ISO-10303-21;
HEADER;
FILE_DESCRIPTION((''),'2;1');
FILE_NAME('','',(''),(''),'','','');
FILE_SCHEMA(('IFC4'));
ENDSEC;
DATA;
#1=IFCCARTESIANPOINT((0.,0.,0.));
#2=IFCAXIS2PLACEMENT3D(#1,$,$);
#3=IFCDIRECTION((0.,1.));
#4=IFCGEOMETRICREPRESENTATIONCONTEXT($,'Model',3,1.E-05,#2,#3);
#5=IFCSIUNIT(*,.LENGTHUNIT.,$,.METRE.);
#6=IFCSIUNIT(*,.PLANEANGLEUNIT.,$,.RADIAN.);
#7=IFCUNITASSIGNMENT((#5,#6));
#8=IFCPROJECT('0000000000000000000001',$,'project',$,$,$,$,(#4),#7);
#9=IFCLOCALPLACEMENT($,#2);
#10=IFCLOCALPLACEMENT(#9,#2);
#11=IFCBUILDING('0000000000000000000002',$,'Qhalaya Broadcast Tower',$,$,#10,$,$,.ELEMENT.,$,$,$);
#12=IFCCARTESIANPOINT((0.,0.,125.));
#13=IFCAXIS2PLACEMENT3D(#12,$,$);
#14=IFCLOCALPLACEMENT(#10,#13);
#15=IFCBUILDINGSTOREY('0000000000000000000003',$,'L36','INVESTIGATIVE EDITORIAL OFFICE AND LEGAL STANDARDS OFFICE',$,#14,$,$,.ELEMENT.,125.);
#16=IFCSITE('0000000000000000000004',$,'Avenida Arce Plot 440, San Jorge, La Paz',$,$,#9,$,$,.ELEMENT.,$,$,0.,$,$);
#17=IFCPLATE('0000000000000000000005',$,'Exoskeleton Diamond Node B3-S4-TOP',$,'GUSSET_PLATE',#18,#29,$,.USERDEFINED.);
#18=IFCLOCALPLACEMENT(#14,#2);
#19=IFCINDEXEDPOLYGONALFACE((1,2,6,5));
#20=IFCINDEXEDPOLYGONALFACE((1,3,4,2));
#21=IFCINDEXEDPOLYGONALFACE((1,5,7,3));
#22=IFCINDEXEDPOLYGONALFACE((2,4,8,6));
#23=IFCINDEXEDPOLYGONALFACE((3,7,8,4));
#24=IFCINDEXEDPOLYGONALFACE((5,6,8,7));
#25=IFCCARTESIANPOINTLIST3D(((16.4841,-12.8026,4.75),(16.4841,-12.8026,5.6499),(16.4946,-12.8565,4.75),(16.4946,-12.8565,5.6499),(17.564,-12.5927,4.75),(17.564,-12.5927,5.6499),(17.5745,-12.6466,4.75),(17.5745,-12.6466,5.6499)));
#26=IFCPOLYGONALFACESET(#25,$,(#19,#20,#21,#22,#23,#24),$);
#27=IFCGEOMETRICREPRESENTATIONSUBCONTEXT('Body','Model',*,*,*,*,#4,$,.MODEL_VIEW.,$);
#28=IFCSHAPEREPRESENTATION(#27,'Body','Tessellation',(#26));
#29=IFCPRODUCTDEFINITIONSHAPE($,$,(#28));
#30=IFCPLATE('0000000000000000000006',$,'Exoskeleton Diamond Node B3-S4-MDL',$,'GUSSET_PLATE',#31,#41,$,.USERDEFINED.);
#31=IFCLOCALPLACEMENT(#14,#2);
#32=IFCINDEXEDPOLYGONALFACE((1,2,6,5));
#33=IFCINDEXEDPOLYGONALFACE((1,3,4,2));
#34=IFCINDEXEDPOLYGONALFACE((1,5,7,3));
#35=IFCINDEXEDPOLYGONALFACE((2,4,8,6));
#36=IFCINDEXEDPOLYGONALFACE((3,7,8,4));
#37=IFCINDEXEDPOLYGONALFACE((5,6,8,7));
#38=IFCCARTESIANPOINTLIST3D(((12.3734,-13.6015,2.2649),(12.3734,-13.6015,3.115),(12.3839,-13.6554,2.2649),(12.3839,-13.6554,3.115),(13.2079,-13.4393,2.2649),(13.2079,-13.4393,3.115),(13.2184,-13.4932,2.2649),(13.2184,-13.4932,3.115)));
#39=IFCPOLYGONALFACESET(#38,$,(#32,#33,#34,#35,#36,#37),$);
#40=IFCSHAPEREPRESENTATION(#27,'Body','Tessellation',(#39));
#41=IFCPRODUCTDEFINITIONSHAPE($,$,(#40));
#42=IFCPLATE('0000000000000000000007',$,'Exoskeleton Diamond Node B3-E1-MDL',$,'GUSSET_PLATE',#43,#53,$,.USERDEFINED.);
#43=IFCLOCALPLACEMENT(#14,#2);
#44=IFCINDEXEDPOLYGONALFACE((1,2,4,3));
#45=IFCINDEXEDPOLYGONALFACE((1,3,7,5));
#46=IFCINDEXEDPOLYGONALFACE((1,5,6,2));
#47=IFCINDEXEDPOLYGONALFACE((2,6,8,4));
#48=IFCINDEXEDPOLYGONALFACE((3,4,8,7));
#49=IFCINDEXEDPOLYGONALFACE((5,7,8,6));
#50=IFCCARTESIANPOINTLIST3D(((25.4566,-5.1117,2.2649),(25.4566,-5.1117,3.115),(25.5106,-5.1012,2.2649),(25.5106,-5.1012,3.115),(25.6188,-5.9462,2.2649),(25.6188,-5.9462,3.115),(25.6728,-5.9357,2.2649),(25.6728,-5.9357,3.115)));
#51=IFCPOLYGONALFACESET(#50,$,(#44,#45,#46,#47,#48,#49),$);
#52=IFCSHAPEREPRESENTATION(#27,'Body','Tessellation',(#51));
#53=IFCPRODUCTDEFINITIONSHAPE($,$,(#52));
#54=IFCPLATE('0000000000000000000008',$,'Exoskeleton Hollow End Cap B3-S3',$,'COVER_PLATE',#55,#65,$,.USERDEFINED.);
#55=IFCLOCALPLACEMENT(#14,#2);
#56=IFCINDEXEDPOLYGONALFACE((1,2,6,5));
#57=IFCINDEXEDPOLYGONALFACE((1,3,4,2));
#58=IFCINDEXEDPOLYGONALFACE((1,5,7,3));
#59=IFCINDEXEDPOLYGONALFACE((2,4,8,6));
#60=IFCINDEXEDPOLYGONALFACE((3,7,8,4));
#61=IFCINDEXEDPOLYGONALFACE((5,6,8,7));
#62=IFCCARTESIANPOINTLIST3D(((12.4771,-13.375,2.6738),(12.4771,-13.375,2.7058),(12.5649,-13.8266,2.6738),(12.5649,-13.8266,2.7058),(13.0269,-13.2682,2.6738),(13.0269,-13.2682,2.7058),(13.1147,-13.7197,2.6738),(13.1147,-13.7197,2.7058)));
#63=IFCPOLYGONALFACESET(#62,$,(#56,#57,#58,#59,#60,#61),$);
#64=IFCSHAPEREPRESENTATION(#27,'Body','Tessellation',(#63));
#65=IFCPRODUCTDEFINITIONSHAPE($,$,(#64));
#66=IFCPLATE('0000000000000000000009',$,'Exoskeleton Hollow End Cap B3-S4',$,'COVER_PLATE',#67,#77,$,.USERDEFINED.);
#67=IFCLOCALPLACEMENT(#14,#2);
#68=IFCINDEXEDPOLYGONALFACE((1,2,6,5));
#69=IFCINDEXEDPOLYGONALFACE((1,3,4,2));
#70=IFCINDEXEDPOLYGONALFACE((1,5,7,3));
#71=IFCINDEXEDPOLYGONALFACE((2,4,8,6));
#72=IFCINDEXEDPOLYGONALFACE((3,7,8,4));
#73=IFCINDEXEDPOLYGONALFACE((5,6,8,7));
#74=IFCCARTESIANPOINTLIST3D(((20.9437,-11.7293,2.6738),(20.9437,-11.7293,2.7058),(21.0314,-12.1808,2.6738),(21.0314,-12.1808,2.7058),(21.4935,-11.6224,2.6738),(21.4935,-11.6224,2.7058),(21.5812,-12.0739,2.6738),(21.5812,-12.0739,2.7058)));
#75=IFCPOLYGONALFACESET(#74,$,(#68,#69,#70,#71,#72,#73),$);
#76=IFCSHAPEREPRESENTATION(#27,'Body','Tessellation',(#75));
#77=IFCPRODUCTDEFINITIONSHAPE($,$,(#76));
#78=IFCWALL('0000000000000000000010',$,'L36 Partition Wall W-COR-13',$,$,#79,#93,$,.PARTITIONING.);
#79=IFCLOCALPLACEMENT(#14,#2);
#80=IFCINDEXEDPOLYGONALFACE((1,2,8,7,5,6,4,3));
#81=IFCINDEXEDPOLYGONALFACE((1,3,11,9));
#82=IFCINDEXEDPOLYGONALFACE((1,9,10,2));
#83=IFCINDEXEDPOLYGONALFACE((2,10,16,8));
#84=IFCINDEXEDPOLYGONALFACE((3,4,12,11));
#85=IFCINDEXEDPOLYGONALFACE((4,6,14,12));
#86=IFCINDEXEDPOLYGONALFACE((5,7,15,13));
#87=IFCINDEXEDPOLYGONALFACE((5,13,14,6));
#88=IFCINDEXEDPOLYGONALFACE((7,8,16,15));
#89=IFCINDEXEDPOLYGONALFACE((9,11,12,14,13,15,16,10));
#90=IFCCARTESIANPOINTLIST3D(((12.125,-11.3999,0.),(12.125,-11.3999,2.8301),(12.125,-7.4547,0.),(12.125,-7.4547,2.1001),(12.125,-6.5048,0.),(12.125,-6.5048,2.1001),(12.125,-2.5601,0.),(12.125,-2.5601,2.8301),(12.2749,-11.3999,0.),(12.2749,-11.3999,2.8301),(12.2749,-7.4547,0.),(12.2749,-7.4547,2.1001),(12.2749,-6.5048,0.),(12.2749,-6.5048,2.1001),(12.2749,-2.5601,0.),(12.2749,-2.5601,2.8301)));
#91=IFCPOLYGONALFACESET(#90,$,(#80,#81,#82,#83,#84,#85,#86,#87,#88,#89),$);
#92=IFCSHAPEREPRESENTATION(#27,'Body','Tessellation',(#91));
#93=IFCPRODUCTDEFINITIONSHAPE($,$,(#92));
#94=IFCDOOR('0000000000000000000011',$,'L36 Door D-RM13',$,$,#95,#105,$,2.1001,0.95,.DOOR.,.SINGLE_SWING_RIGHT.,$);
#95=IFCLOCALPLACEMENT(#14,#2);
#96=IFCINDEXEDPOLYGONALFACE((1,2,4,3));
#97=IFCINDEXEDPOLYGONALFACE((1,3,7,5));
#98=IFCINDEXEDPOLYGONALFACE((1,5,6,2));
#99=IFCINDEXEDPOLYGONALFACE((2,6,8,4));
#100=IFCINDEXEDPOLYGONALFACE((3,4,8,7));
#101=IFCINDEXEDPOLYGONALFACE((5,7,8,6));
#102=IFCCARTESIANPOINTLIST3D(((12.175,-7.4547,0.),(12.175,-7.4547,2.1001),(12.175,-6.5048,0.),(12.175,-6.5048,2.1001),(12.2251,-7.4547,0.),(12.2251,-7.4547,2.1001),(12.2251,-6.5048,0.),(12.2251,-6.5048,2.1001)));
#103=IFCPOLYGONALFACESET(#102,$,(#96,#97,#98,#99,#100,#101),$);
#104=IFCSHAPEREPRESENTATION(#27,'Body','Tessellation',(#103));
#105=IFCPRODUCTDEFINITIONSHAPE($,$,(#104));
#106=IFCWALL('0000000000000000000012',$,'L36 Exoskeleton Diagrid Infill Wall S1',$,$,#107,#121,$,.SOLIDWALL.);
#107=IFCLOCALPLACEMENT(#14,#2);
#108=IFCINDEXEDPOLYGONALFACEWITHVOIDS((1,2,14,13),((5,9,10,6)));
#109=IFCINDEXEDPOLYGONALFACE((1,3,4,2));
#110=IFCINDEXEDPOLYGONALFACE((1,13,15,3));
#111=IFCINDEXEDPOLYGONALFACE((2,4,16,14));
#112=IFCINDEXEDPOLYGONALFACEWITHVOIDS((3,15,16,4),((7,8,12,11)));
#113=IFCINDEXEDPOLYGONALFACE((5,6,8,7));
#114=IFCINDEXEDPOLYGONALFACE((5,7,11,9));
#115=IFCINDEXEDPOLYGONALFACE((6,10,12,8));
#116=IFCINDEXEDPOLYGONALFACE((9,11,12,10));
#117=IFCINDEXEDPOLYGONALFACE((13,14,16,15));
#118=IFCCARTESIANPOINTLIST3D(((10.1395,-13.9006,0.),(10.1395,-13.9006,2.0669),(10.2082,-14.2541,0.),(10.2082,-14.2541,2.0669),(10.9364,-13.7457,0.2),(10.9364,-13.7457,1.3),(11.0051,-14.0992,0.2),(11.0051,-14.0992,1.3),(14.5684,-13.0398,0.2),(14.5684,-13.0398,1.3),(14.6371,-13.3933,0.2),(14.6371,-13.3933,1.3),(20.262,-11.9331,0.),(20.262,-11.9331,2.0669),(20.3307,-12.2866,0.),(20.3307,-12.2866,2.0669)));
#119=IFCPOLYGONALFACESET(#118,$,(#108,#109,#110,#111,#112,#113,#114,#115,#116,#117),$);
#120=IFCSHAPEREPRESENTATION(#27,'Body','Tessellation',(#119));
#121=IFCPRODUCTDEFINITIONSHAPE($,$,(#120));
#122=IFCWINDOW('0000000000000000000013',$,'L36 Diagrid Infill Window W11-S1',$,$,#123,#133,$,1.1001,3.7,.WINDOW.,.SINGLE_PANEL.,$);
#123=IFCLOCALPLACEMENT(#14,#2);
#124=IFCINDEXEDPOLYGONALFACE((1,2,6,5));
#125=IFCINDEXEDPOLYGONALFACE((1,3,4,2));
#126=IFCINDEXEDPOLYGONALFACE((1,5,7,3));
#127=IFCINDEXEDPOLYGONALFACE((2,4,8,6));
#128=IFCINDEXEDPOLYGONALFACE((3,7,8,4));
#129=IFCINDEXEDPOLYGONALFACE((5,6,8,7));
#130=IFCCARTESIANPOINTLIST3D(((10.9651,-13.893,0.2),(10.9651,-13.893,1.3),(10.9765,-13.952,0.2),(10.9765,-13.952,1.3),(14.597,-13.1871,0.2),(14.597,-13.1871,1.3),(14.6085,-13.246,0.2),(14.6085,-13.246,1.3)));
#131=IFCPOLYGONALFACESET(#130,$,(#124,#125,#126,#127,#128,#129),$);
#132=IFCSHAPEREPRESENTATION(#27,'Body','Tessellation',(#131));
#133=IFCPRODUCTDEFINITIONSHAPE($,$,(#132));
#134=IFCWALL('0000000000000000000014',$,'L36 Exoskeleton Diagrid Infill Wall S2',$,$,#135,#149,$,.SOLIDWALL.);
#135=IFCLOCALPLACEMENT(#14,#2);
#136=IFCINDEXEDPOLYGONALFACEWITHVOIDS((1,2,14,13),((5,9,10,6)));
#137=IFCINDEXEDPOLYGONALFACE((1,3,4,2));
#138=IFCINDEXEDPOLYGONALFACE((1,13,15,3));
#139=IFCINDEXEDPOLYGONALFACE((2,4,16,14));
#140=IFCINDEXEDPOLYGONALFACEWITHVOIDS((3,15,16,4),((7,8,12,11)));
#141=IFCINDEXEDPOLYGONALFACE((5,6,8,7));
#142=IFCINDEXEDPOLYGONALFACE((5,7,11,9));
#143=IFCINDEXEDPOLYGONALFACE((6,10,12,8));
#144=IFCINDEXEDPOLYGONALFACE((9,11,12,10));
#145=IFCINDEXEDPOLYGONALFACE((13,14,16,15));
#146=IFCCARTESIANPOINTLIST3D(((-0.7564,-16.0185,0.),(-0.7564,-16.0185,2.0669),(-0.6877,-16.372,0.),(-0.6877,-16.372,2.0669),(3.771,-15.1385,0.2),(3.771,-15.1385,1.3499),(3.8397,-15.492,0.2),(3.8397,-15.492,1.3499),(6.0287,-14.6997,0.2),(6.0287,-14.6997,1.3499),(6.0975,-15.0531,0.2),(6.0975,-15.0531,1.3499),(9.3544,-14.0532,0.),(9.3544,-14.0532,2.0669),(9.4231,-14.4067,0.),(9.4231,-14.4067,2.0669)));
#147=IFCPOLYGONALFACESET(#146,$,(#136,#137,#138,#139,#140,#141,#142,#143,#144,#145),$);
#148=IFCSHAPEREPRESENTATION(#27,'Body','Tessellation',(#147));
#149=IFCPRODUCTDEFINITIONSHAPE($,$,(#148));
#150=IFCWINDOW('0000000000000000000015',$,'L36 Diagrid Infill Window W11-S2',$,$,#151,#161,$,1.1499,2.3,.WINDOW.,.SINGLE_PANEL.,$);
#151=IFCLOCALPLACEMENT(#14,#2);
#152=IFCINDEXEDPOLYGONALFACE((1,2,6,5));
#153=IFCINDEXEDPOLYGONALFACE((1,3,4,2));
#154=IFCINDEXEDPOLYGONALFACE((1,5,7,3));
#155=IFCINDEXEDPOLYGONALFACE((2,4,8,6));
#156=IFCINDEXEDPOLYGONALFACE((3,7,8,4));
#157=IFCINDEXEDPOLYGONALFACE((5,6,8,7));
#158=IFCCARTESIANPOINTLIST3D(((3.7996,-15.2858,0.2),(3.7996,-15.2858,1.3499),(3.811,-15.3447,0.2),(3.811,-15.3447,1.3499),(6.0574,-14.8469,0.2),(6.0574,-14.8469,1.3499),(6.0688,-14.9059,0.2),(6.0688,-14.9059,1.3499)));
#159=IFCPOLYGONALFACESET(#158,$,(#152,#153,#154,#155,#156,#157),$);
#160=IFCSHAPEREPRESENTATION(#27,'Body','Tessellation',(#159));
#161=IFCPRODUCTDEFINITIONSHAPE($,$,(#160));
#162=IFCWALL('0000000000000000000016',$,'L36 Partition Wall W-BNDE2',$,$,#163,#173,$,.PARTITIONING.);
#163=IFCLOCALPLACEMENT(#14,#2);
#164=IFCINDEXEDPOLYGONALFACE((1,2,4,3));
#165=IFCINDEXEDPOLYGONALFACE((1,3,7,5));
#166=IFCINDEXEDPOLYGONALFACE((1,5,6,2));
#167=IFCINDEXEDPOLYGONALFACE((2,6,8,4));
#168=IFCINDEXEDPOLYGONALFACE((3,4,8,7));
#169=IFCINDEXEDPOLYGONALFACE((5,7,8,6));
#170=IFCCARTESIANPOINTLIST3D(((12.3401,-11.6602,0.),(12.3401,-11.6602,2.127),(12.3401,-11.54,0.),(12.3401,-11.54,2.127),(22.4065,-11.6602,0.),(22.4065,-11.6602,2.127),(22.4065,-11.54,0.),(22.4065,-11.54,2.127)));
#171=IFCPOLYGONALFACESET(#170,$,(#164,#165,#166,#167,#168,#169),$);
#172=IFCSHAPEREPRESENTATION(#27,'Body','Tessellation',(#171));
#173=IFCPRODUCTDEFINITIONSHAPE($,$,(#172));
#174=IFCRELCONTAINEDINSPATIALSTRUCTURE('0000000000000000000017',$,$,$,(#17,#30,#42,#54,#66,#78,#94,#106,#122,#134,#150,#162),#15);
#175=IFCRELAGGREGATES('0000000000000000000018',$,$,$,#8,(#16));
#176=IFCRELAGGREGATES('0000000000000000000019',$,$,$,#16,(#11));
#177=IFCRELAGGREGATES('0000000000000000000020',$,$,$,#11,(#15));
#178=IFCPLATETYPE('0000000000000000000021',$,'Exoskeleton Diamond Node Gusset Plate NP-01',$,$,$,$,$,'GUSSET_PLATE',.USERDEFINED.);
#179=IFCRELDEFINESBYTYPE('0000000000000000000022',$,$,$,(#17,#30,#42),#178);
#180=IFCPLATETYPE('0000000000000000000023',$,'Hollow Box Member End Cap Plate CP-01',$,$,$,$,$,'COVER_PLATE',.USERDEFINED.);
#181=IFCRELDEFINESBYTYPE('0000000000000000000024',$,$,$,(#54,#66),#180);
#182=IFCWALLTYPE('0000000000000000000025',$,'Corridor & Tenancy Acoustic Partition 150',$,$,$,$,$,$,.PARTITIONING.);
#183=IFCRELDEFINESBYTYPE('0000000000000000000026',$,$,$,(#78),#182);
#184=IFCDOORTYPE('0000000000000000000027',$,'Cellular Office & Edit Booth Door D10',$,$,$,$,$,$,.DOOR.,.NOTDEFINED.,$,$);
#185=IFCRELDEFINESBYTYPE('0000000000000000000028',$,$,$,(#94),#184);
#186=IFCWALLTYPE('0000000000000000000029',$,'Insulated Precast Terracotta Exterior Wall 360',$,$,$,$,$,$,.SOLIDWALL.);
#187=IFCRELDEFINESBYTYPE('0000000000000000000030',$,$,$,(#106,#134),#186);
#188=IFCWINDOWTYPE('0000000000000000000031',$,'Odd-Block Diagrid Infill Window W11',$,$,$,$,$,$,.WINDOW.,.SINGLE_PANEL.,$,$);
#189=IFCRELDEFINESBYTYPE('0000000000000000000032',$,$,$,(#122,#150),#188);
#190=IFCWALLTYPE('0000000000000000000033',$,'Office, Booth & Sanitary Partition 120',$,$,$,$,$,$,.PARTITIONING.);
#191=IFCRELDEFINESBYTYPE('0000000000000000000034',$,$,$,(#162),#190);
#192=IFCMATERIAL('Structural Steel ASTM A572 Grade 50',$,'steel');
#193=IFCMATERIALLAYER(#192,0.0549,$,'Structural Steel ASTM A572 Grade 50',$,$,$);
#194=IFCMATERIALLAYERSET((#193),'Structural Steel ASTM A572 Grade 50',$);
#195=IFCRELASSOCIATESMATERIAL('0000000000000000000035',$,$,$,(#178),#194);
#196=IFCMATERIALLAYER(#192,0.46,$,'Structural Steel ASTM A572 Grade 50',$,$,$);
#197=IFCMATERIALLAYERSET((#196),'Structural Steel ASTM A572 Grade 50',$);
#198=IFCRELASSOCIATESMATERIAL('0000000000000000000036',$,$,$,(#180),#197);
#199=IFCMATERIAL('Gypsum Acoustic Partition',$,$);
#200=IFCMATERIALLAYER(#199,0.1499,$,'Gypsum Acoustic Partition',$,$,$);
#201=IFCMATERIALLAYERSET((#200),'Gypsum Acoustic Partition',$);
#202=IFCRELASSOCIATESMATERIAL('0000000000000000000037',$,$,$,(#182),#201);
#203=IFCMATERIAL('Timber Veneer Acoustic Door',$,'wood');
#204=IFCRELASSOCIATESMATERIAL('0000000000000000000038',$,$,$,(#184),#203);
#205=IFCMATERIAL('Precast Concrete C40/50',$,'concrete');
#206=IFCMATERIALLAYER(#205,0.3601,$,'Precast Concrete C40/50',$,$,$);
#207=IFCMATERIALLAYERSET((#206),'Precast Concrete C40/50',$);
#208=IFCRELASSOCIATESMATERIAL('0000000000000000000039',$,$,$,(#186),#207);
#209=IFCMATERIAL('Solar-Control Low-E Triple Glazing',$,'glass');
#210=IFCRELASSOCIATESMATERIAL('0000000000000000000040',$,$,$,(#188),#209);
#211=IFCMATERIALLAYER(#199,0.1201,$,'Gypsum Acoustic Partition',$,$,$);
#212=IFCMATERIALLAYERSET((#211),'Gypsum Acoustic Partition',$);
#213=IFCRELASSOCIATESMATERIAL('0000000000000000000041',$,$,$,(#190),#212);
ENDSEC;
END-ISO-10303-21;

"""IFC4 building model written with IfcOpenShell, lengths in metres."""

from ifc_helpers import new_model, si_unit, direction, frame, frame_2d, origin, origin_2d, place, context, subcontext, project, spatial, rectangle, extrude, material, layer, layer_set, type_object, element, fill, save


model = new_model("IFC4")

# Units and contexts
model_context = context("Model", 3, precision=1e-05, world=origin(), true_north=direction((0.0, 1.0)))
body_context = subcontext(model_context, "Body", "Model", "MODEL_VIEW")
ifc_project = project(units=[si_unit("LENGTHUNIT", "METRE"), si_unit("PLANEANGLEUNIT", "RADIAN")], contexts=[model_context])

# Site, building, storey
site_placement = place(None, origin())
site = spatial("IfcSite", under=ifc_project, at=site_placement, Name="Avenida Arce Plot 440, San Jorge, La Paz", CompositionType="ELEMENT", RefElevation=0.0)
building_placement = place(site_placement, origin())
building = spatial("IfcBuilding", under=site, at=building_placement, Name="Qhalaya Broadcast Tower", CompositionType="ELEMENT")
storey_placement = place(building_placement, frame((0.0, 0.0, 125.0)))
storey = spatial("IfcBuildingStorey", under=building, at=storey_placement, Name="L36", Description="INVESTIGATIVE EDITORIAL OFFICE AND LEGAL STANDARDS OFFICE", CompositionType="ELEMENT", Elevation=125.0)

# Shared definitions
ifc_material_1 = material(Name="Structural Steel ASTM A572 Grade 50", Category="steel")

# Plates
ifc_layer_1 = layer(ifc_material_1, 0.0549, Name="Structural Steel ASTM A572 Grade 50")
ifc_layer_set_1 = layer_set([ifc_layer_1], Name="Structural Steel ASTM A572 Grade 50")
plate_type_1 = type_object("IfcPlateType", Name="Exoskeleton Diamond Node Gusset Plate NP-01", ElementType="GUSSET_PLATE", PredefinedType="USERDEFINED", material=ifc_layer_set_1)
for number, where, z_axis, x_axis, name in (
    (1, (17.0293, -12.7246, 4.75), (0.0, 0.0, 1.0), (0.981627, 0.190809, 0.0), "Exoskeleton Diamond Node B3-S4-TOP"),
):
    element("IfcPlate", number, at=place(storey_placement, frame(where, z_axis=z_axis, x_axis=x_axis)), inside=storey, type_object=plate_type_1, Name=name, ObjectType="GUSSET_PLATE", PredefinedType="USERDEFINED", context=body_context, shape_type="SweptSolid", body=[
        extrude(rectangle(XDim=1.1001, YDim=0.0549, at=origin_2d()), origin(), (0.0, 0.0, 1.0), 0.8999),
    ])
for number, where, z_axis, x_axis, name in (
    (2, (12.7959, -13.5474, 2.2649), (0.0, 0.0, 1.0), (0.981627, 0.190809, 0.0), "Exoskeleton Diamond Node B3-S4-MDL"),
    (3, (25.5647, -5.5237, 2.2649), (0.0, 0.0, 1.0), (-0.190809, 0.981627, 0.0), "Exoskeleton Diamond Node B3-E1-MDL"),
):
    element("IfcPlate", number, at=place(storey_placement, frame(where, z_axis=z_axis, x_axis=x_axis)), inside=storey, type_object=plate_type_1, Name=name, ObjectType="GUSSET_PLATE", PredefinedType="USERDEFINED", context=body_context, shape_type="SweptSolid", body=[
        extrude(rectangle(XDim=0.8501, YDim=0.0549, at=origin_2d()), origin(), (0.0, 0.0, 1.0), 0.8501),
    ])
ifc_layer_2 = layer(ifc_material_1, 0.46, Name="Structural Steel ASTM A572 Grade 50")
ifc_layer_set_2 = layer_set([ifc_layer_2], Name="Structural Steel ASTM A572 Grade 50")
plate_type_2 = type_object("IfcPlateType", Name="Hollow Box Member End Cap Plate CP-01", ElementType="COVER_PLATE", PredefinedType="USERDEFINED", material=ifc_layer_set_2)
for number, where, z_axis, x_axis, name in (
    (4, (12.7959, -13.5474, 2.6738), (0.0, 0.0, 1.0), (0.981627, 0.190809, 0.0), "Exoskeleton Hollow End Cap B3-S3"),
    (5, (21.2625, -11.9016, 2.6738), (0.0, 0.0, 1.0), (0.981627, 0.190809, 0.0), "Exoskeleton Hollow End Cap B3-S4"),
):
    element("IfcPlate", number, at=place(storey_placement, frame(where, z_axis=z_axis, x_axis=x_axis)), inside=storey, type_object=plate_type_2, Name=name, ObjectType="COVER_PLATE", PredefinedType="USERDEFINED", context=body_context, shape_type="SweptSolid", body=[
        extrude(rectangle(XDim=0.5601, YDim=0.46, at=origin_2d()), origin(), (0.0, 0.0, 1.0), 0.032),
    ])

# Wall, opening, door
ifc_material_2 = material(Name="Gypsum Acoustic Partition")
ifc_layer_3 = layer(ifc_material_2, 0.1499, Name="Gypsum Acoustic Partition")
ifc_layer_set_3 = layer_set([ifc_layer_3], Name="Gypsum Acoustic Partition")
wall_type_1 = type_object("IfcWallType", Name="Corridor & Tenancy Acoustic Partition 150", PredefinedType="PARTITIONING", material=ifc_layer_set_3)
wall_1_placement = place(storey_placement, frame((12.2, -11.3999, 0.0), z_axis=(0.0, 0.0, 1.0), x_axis=(0.0, 1.0, 0.0)))
wall_1 = element("IfcWall", 6, at=wall_1_placement, inside=storey, type_object=wall_type_1, Name="L36 Partition Wall W-COR-13", PredefinedType="PARTITIONING", context=body_context, shape_type="SweptSolid", body=[
    extrude(rectangle(XDim=8.8398, YDim=0.1499, at=frame_2d((4.4199, 0.0))), origin(), (0.0, 0.0, 1.0), 2.8301),
])
opening_1_placement = place(wall_1_placement, frame((3.9451, 0.0, 0.0)))
opening_1 = element("IfcOpeningElement", 7, at=opening_1_placement, cuts=wall_1, PredefinedType="OPENING", context=body_context, shape_type="SweptSolid", body=[
    extrude(rectangle(XDim=0.95, YDim=2.1001, at=frame_2d((0.4751, 1.05))), frame((0.0, 0.0869, 0.0), z_axis=(0.0, -1.0, 0.0), x_axis=(1.0, 0.0, 0.0)), (0.0, 0.0, 1.0), 0.1738),
])
ifc_material_3 = material(Name="Timber Veneer Acoustic Door", Category="wood")
door_type = type_object("IfcDoorType", Name="Cellular Office & Edit Booth Door D10", OperationType="NOTDEFINED", PredefinedType="DOOR", material=ifc_material_3)
door_placement = place(opening_1_placement, origin())
door = element("IfcDoor", 8, at=door_placement, inside=storey, type_object=door_type, Name="L36 Door D-RM13", OperationType="SINGLE_SWING_RIGHT", OverallHeight=2.1001, OverallWidth=0.95, PredefinedType="DOOR", context=body_context, shape_type="SweptSolid", body=[
    extrude(rectangle(XDim=0.95, YDim=2.1001, at=frame_2d((0.4751, 1.05))), frame((0.0, 0.0249, 0.0), z_axis=(0.0, -1.0, 0.0), x_axis=(1.0, 0.0, 0.0)), (0.0, 0.0, 1.0), 0.05),
])
fill(opening_1, door)

# Walls, openings, windows
ifc_material_4 = material(Name="Precast Concrete C40/50", Category="concrete")
ifc_layer_4 = layer(ifc_material_4, 0.3601, Name="Precast Concrete C40/50")
ifc_layer_set_4 = layer_set([ifc_layer_4], Name="Precast Concrete C40/50")
wall_type_2 = type_object("IfcWallType", Name="Insulated Precast Terracotta Exterior Wall 360", PredefinedType="SOLIDWALL", material=ifc_layer_set_4)
wall_2_placement = place(storey_placement, frame((20.2964, -12.1099, 0.0), z_axis=(0.0, 0.0, 1.0), x_axis=(-0.981629, -0.1908, 0.0)))
wall_2 = element("IfcWall", 9, at=wall_2_placement, inside=storey, type_object=wall_type_2, Name="L36 Exoskeleton Diagrid Infill Wall S1", PredefinedType="SOLIDWALL", context=body_context, shape_type="SweptSolid", body=[
    extrude(rectangle(XDim=10.312, YDim=0.3601, at=frame_2d((5.156, 0.0))), origin(), (0.0, 0.0, 1.0), 2.0669),
])
opening_2_placement = place(wall_2_placement, frame((5.8, 0.0, 0.2)))
opening_2 = element("IfcOpeningElement", 10, at=opening_2_placement, cuts=wall_2, PredefinedType="OPENING", context=body_context, shape_type="SweptSolid", body=[
    extrude(rectangle(XDim=3.7, YDim=1.1001, at=frame_2d((1.8501, 0.55))), frame((0.0, 0.1921, 0.0), z_axis=(0.0, -1.0, 0.0), x_axis=(1.0, 0.0, 0.0)), (0.0, 0.0, 1.0), 0.384),
])
ifc_material_5 = material(Name="Solar-Control Low-E Triple Glazing", Category="glass")
window_type = type_object("IfcWindowType", Name="Odd-Block Diagrid Infill Window W11", PartitioningType="SINGLE_PANEL", PredefinedType="WINDOW", material=ifc_material_5)
window_1_placement = place(opening_2_placement, origin())
window_1 = element("IfcWindow", 11, at=window_1_placement, inside=storey, type_object=window_type, Name="L36 Diagrid Infill Window W11-S1", OverallHeight=1.1001, OverallWidth=3.7, PartitioningType="SINGLE_PANEL", PredefinedType="WINDOW", context=body_context, shape_type="SweptSolid", body=[
    extrude(rectangle(XDim=3.7, YDim=1.1001, at=frame_2d((1.8501, 0.55))), frame((0.0, 0.03, 0.0), z_axis=(0.0, -1.0, 0.0), x_axis=(1.0, 0.0, 0.0)), (0.0, 0.0, 1.0), 0.0601),
])
fill(opening_2, window_1)
wall_3_placement = place(storey_placement, frame((9.3887, -14.23, 0.0), z_axis=(0.0, 0.0, 1.0), x_axis=(-0.981627, -0.190807, 0.0)))
wall_3 = element("IfcWall", 12, at=wall_3_placement, inside=storey, type_object=wall_type_2, Name="L36 Exoskeleton Diagrid Infill Wall S2", PredefinedType="SOLIDWALL", context=body_context, shape_type="SweptSolid", body=[
    extrude(rectangle(XDim=10.3, YDim=0.3601, at=frame_2d((5.1499, 0.0))), origin(), (0.0, 0.0, 1.0), 2.0669),
])
opening_3_placement = place(wall_3_placement, frame((3.3879, 0.0, 0.2)))
opening_3 = element("IfcOpeningElement", 13, at=opening_3_placement, cuts=wall_3, PredefinedType="OPENING", context=body_context, shape_type="SweptSolid", body=[
    extrude(rectangle(XDim=2.3, YDim=1.1499, at=frame_2d((1.1499, 0.575))), frame((0.0, 0.1921, 0.0), z_axis=(0.0, -1.0, 0.0), x_axis=(1.0, 0.0, 0.0)), (0.0, 0.0, 1.0), 0.384),
])
window_2_placement = place(opening_3_placement, origin())
window_2 = element("IfcWindow", 14, at=window_2_placement, inside=storey, type_object=window_type, Name="L36 Diagrid Infill Window W11-S2", OverallHeight=1.1499, OverallWidth=2.3, PartitioningType="SINGLE_PANEL", PredefinedType="WINDOW", context=body_context, shape_type="SweptSolid", body=[
    extrude(rectangle(XDim=2.3, YDim=1.1499, at=frame_2d((1.1499, 0.575))), frame((0.0, 0.03, 0.0), z_axis=(0.0, -1.0, 0.0), x_axis=(1.0, 0.0, 0.0)), (0.0, 0.0, 1.0), 0.0601),
])
fill(opening_3, window_2)

# Wall
ifc_layer_5 = layer(ifc_material_2, 0.1201, Name="Gypsum Acoustic Partition")
ifc_layer_set_5 = layer_set([ifc_layer_5], Name="Gypsum Acoustic Partition")
wall_type_3 = type_object("IfcWallType", Name="Office, Booth & Sanitary Partition 120", PredefinedType="PARTITIONING", material=ifc_layer_set_5)
wall_4_placement = place(storey_placement, frame((12.3401, -11.6001, 0.0), z_axis=(0.0, 0.0, 1.0), x_axis=(1.0, 0.0, 0.0)))
element("IfcWall", 15, at=wall_4_placement, inside=storey, type_object=wall_type_3, Name="L36 Partition Wall W-BNDE2", PredefinedType="PARTITIONING", context=body_context, shape_type="SweptSolid", body=[
    extrude(rectangle(XDim=10.0664, YDim=0.1201, at=frame_2d((5.0332, 0.0))), origin(), (0.0, 0.0, 1.0), 2.127),
])

save(model, "model.ifc")
